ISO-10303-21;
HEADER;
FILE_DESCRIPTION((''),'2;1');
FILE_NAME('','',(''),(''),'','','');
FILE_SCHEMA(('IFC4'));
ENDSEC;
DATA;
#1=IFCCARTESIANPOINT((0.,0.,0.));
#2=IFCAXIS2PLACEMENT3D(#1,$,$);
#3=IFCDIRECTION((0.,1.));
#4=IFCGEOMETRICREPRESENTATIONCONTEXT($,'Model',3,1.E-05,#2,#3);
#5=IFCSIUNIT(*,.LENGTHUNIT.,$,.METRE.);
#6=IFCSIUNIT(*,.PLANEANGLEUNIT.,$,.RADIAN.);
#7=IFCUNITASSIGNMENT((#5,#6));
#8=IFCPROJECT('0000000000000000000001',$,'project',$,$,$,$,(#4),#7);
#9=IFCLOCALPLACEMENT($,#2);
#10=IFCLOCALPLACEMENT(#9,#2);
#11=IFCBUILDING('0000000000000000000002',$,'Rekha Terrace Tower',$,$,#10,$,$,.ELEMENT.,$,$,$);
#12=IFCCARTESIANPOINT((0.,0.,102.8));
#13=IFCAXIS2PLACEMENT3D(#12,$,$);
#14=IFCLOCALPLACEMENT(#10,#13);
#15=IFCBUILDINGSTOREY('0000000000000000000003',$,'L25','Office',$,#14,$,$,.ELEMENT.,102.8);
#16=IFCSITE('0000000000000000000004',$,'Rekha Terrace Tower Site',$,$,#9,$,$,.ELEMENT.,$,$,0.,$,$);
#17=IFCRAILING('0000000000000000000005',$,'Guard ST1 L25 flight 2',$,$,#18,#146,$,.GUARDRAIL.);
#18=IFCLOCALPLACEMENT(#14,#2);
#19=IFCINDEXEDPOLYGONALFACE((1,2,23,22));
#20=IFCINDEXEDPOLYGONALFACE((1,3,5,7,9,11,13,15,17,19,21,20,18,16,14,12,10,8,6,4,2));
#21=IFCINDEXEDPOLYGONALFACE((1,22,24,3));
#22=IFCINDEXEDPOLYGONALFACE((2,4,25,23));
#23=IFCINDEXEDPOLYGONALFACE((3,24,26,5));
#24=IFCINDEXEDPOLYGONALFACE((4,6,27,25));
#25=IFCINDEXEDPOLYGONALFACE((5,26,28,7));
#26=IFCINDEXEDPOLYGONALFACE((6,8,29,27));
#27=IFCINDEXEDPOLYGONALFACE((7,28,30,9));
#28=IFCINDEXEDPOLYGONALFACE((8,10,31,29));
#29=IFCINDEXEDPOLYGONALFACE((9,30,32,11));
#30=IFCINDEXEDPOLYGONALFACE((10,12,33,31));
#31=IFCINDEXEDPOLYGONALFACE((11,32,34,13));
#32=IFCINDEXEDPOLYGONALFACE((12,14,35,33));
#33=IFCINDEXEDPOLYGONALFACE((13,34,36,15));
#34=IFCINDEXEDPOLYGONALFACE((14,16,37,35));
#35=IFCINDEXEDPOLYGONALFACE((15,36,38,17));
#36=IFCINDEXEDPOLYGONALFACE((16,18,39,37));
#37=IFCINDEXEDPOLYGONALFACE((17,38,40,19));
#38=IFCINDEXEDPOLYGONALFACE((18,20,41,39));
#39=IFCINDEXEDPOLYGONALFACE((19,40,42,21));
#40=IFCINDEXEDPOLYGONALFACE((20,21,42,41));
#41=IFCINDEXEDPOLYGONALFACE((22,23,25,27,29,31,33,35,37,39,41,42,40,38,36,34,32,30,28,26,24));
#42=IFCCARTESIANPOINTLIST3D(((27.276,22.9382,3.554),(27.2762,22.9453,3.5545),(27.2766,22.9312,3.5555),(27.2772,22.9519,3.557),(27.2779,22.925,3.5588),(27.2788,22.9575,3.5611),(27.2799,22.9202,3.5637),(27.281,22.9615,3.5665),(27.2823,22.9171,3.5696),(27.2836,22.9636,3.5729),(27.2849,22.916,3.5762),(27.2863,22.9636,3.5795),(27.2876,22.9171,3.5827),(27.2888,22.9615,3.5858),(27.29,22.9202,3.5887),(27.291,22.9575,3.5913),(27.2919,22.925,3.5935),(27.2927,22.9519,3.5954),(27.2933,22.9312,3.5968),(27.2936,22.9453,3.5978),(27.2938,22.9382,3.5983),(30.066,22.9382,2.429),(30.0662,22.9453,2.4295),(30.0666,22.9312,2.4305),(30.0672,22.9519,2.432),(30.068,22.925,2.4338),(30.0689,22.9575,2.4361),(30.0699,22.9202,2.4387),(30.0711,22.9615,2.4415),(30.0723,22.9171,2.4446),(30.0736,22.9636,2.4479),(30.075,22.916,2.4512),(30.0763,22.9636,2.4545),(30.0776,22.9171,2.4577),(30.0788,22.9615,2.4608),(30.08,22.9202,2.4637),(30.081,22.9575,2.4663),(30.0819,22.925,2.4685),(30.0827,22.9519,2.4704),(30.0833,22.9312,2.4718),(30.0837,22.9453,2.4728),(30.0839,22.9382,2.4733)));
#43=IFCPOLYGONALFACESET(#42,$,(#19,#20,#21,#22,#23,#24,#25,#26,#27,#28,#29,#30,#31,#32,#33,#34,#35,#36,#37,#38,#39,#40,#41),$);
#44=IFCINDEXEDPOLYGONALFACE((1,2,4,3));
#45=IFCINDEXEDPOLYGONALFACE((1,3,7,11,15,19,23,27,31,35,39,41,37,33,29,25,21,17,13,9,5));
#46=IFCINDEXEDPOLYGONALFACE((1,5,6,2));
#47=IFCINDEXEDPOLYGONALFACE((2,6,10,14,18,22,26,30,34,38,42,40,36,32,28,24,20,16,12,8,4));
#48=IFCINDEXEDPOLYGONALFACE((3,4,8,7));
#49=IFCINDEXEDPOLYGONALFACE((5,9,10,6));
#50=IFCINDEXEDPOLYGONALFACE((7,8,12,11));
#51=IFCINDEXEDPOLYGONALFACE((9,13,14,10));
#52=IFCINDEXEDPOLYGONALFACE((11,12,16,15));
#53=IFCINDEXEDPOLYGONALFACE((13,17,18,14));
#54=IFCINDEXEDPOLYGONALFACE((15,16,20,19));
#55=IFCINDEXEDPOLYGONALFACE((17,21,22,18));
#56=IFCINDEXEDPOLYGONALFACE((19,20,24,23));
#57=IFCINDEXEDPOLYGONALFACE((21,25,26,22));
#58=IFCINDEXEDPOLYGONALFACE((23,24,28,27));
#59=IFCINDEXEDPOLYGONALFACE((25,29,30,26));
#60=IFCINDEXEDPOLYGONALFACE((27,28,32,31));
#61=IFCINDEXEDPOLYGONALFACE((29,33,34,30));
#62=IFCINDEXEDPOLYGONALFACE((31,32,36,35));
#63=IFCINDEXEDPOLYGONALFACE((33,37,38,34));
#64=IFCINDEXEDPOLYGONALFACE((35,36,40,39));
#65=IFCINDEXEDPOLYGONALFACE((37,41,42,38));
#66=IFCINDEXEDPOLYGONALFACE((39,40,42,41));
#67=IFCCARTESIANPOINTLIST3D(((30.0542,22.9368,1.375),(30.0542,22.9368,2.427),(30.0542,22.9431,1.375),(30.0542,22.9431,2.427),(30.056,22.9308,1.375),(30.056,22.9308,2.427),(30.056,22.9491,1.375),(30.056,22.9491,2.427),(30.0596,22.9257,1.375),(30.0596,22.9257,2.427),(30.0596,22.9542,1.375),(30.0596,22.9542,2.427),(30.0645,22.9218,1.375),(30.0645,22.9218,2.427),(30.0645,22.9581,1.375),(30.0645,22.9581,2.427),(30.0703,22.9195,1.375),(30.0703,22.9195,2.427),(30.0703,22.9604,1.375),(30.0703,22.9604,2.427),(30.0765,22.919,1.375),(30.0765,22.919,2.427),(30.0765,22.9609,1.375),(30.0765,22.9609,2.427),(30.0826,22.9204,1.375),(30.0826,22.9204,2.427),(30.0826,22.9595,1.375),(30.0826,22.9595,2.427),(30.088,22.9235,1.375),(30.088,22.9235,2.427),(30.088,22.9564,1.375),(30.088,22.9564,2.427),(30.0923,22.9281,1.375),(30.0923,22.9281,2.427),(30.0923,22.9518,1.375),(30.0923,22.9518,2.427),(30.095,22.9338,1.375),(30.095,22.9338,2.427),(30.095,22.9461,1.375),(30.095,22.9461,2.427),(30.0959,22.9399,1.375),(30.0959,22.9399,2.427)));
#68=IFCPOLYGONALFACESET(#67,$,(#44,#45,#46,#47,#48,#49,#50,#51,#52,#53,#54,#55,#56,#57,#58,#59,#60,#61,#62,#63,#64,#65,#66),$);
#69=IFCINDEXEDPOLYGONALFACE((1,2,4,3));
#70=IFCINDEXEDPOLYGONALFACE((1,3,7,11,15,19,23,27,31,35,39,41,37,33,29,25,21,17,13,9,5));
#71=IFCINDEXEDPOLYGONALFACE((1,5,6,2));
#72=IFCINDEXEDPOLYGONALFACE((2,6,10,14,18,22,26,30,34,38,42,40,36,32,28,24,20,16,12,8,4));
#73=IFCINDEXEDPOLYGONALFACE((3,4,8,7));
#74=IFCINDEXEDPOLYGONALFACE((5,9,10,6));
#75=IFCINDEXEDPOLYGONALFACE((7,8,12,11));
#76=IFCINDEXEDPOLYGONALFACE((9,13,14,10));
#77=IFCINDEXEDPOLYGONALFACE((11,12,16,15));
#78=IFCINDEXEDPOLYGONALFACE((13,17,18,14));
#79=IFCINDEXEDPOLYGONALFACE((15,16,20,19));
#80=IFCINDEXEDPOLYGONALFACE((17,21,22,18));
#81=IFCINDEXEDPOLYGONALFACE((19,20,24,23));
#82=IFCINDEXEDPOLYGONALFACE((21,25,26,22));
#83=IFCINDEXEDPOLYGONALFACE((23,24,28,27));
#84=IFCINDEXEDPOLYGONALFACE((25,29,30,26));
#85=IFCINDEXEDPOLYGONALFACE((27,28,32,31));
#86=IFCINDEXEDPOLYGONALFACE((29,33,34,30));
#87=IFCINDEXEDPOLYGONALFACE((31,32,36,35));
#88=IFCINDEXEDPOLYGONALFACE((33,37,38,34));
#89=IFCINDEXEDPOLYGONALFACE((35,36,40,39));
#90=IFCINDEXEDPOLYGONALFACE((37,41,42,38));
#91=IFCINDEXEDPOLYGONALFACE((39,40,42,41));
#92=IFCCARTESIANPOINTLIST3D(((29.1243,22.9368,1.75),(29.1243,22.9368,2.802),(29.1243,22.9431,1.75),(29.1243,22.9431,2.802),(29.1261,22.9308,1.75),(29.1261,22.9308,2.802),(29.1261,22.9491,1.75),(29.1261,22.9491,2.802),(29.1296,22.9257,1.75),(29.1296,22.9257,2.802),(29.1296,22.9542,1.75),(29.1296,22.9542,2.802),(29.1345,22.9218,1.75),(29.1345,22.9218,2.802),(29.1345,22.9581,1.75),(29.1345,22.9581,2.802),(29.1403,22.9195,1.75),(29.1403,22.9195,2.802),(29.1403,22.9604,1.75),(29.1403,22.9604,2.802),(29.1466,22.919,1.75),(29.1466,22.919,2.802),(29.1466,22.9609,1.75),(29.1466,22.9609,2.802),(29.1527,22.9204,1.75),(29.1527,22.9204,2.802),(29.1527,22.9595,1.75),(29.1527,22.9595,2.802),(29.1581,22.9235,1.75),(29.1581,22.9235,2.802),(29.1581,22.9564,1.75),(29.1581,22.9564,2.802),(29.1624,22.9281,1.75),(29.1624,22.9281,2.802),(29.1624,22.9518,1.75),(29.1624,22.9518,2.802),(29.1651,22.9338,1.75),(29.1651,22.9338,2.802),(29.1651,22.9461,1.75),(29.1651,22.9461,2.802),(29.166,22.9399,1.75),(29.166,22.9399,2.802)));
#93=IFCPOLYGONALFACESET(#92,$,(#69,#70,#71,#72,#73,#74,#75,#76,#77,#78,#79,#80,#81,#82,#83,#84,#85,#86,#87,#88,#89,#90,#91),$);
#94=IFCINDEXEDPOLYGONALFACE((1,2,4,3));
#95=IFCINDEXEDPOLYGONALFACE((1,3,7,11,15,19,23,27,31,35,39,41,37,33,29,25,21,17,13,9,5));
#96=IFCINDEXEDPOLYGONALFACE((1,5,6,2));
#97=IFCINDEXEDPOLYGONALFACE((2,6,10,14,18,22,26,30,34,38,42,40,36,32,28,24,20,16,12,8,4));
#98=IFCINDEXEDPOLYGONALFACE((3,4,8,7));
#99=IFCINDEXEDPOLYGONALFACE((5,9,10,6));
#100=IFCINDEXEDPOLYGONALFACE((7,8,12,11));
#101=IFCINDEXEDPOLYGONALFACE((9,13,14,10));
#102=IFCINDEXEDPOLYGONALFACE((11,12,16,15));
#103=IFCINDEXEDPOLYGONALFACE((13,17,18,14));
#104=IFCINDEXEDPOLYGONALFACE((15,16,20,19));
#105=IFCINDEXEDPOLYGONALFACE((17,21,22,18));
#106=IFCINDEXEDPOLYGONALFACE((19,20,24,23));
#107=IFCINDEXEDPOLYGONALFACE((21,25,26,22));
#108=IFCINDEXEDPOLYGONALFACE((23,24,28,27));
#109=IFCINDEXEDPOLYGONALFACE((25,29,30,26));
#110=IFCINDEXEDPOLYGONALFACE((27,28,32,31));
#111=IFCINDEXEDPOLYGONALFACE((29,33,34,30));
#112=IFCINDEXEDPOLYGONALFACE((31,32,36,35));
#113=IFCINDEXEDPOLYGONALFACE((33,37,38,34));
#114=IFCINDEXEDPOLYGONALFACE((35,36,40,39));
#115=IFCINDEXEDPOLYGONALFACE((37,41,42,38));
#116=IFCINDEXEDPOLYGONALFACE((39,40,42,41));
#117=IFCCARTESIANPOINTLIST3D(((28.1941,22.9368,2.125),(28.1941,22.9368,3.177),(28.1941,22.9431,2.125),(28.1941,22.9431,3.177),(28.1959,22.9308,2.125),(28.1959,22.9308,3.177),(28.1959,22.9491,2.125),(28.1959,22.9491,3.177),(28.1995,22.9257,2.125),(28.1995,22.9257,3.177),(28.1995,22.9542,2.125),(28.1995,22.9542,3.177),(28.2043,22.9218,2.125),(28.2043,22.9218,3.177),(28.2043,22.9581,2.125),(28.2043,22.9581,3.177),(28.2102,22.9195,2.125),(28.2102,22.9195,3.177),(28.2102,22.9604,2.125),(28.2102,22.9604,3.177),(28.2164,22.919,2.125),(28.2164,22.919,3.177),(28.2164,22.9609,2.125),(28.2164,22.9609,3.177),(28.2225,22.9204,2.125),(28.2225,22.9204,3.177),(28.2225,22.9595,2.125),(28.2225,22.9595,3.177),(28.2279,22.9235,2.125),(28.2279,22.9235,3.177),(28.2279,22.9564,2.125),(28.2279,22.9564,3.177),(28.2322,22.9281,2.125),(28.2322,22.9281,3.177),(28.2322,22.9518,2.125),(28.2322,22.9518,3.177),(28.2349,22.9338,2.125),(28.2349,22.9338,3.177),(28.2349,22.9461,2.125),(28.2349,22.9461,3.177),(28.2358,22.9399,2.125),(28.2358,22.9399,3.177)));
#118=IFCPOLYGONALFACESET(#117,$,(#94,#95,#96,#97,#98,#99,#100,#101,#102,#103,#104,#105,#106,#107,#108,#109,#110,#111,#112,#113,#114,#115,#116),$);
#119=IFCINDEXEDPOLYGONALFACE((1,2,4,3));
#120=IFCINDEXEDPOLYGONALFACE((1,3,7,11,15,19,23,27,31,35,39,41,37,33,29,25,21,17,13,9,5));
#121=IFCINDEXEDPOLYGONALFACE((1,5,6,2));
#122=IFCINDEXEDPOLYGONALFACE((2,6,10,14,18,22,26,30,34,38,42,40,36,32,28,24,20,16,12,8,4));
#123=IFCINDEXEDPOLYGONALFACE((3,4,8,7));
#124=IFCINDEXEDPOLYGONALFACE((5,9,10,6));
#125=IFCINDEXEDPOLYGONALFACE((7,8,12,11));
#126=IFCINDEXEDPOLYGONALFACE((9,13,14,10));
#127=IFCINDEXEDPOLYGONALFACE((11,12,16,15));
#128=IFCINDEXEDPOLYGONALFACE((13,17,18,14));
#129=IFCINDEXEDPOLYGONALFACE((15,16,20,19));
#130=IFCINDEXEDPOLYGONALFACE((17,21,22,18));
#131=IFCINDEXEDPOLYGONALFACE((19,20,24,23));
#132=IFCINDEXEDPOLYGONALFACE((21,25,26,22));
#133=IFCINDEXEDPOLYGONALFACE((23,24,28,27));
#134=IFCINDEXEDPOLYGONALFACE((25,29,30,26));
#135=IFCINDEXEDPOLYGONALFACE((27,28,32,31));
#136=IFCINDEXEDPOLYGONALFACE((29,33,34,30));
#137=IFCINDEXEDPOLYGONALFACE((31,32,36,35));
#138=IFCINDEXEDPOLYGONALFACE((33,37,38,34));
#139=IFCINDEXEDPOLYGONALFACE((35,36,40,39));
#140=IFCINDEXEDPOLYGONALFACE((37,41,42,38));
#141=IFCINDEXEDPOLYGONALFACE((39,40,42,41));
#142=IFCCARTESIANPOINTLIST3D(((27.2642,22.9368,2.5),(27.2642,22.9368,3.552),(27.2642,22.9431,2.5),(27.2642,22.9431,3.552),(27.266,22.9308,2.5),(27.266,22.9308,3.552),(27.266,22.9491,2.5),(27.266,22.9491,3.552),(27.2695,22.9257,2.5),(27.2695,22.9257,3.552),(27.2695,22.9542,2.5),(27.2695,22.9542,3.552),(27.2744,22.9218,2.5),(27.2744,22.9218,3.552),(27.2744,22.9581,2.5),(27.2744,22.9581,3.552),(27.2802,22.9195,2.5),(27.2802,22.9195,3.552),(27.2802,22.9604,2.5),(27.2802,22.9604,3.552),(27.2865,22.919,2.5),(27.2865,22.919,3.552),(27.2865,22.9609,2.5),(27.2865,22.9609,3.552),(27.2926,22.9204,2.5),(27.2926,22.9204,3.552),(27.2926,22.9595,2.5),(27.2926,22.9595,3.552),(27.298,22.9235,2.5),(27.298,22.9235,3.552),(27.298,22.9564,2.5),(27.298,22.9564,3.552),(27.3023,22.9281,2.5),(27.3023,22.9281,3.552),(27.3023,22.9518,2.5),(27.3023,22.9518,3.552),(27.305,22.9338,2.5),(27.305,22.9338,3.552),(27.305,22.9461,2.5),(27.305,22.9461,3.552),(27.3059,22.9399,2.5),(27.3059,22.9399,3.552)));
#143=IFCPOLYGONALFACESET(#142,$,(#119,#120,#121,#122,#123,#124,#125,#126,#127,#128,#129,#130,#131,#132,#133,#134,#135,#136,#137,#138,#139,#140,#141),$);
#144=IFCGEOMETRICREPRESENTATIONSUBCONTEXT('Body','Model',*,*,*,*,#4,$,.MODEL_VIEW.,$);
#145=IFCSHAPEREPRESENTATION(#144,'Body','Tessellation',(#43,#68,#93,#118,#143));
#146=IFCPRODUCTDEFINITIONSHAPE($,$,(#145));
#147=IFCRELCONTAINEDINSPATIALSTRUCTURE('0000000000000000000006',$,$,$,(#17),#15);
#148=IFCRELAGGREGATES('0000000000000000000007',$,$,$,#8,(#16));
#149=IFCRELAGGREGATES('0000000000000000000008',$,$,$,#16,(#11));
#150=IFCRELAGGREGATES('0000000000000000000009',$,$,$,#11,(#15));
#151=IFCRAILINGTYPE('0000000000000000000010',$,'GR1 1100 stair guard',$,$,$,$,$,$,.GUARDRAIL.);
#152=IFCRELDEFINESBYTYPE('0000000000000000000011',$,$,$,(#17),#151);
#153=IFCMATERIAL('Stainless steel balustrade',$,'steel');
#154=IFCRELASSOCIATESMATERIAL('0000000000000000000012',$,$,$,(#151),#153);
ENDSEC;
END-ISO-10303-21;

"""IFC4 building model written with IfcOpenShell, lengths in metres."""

from ifc_helpers import new_model, si_unit, direction, frame, origin, origin_2d, place, context, subcontext, project, spatial, circle, extrude, material, type_object, element, save


model = new_model("IFC4")

# Units and contexts
model_context = context("Model", 3, precision=1e-05, world=origin(), true_north=direction((0.0, 1.0)))
body_context = subcontext(model_context, "Body", "Model", "MODEL_VIEW")
ifc_project = project(units=[si_unit("LENGTHUNIT", "METRE"), si_unit("PLANEANGLEUNIT", "RADIAN")], contexts=[model_context])

# Site, building, storey
site_placement = place(None, origin())
site = spatial("IfcSite", under=ifc_project, at=site_placement, Name="Rekha Terrace Tower Site", CompositionType="ELEMENT", RefElevation=0.0)
building_placement = place(site_placement, origin())
building = spatial("IfcBuilding", under=site, at=building_placement, Name="Rekha Terrace Tower", CompositionType="ELEMENT")
storey_placement = place(building_placement, frame((0.0, 0.0, 102.8)))
storey = spatial("IfcBuildingStorey", under=building, at=storey_placement, Name="L25", Description="Office", CompositionType="ELEMENT", Elevation=102.8)

# Railing
ifc_material_1 = material(Name="Stainless steel balustrade", Category="steel")
railing_type_1 = type_object("IfcRailingType", Name="GR1 1100 stair guard", PredefinedType="GUARDRAIL", material=ifc_material_1)
railing_1_placement = place(storey_placement, frame((30.075, 22.9399, 1.375)))
element("IfcRailing", 1, at=railing_1_placement, inside=storey, type_object=railing_type_1, Name="Guard ST1 L25 flight 2", PredefinedType="GUARDRAIL", context=body_context, shape_type="SweptSolid", body=[
    extrude(circle(Radius=0.0239, at=origin_2d()), frame((0.0, 0.0, 1.0762), z_axis=(-0.927443, 0.0, 0.373964), x_axis=(0.0, -1.0, 0.0)), (0.0, 0.0, 1.0), 3.0083),
    extrude(circle(Radius=0.021, at=origin_2d()), origin(), (0.0, 0.0, 1.0), 1.052),
    extrude(circle(Radius=0.021, at=origin_2d()), frame((-0.9299, 0.0, 0.375)), (0.0, 0.0, 1.0), 1.052),
    extrude(circle(Radius=0.021, at=origin_2d()), frame((-1.8601, 0.0, 0.75)), (0.0, 0.0, 1.0), 1.052),
    extrude(circle(Radius=0.021, at=origin_2d()), frame((-2.79, 0.0, 1.125)), (0.0, 0.0, 1.0), 1.052),
])

save(model, "model.ifc")
